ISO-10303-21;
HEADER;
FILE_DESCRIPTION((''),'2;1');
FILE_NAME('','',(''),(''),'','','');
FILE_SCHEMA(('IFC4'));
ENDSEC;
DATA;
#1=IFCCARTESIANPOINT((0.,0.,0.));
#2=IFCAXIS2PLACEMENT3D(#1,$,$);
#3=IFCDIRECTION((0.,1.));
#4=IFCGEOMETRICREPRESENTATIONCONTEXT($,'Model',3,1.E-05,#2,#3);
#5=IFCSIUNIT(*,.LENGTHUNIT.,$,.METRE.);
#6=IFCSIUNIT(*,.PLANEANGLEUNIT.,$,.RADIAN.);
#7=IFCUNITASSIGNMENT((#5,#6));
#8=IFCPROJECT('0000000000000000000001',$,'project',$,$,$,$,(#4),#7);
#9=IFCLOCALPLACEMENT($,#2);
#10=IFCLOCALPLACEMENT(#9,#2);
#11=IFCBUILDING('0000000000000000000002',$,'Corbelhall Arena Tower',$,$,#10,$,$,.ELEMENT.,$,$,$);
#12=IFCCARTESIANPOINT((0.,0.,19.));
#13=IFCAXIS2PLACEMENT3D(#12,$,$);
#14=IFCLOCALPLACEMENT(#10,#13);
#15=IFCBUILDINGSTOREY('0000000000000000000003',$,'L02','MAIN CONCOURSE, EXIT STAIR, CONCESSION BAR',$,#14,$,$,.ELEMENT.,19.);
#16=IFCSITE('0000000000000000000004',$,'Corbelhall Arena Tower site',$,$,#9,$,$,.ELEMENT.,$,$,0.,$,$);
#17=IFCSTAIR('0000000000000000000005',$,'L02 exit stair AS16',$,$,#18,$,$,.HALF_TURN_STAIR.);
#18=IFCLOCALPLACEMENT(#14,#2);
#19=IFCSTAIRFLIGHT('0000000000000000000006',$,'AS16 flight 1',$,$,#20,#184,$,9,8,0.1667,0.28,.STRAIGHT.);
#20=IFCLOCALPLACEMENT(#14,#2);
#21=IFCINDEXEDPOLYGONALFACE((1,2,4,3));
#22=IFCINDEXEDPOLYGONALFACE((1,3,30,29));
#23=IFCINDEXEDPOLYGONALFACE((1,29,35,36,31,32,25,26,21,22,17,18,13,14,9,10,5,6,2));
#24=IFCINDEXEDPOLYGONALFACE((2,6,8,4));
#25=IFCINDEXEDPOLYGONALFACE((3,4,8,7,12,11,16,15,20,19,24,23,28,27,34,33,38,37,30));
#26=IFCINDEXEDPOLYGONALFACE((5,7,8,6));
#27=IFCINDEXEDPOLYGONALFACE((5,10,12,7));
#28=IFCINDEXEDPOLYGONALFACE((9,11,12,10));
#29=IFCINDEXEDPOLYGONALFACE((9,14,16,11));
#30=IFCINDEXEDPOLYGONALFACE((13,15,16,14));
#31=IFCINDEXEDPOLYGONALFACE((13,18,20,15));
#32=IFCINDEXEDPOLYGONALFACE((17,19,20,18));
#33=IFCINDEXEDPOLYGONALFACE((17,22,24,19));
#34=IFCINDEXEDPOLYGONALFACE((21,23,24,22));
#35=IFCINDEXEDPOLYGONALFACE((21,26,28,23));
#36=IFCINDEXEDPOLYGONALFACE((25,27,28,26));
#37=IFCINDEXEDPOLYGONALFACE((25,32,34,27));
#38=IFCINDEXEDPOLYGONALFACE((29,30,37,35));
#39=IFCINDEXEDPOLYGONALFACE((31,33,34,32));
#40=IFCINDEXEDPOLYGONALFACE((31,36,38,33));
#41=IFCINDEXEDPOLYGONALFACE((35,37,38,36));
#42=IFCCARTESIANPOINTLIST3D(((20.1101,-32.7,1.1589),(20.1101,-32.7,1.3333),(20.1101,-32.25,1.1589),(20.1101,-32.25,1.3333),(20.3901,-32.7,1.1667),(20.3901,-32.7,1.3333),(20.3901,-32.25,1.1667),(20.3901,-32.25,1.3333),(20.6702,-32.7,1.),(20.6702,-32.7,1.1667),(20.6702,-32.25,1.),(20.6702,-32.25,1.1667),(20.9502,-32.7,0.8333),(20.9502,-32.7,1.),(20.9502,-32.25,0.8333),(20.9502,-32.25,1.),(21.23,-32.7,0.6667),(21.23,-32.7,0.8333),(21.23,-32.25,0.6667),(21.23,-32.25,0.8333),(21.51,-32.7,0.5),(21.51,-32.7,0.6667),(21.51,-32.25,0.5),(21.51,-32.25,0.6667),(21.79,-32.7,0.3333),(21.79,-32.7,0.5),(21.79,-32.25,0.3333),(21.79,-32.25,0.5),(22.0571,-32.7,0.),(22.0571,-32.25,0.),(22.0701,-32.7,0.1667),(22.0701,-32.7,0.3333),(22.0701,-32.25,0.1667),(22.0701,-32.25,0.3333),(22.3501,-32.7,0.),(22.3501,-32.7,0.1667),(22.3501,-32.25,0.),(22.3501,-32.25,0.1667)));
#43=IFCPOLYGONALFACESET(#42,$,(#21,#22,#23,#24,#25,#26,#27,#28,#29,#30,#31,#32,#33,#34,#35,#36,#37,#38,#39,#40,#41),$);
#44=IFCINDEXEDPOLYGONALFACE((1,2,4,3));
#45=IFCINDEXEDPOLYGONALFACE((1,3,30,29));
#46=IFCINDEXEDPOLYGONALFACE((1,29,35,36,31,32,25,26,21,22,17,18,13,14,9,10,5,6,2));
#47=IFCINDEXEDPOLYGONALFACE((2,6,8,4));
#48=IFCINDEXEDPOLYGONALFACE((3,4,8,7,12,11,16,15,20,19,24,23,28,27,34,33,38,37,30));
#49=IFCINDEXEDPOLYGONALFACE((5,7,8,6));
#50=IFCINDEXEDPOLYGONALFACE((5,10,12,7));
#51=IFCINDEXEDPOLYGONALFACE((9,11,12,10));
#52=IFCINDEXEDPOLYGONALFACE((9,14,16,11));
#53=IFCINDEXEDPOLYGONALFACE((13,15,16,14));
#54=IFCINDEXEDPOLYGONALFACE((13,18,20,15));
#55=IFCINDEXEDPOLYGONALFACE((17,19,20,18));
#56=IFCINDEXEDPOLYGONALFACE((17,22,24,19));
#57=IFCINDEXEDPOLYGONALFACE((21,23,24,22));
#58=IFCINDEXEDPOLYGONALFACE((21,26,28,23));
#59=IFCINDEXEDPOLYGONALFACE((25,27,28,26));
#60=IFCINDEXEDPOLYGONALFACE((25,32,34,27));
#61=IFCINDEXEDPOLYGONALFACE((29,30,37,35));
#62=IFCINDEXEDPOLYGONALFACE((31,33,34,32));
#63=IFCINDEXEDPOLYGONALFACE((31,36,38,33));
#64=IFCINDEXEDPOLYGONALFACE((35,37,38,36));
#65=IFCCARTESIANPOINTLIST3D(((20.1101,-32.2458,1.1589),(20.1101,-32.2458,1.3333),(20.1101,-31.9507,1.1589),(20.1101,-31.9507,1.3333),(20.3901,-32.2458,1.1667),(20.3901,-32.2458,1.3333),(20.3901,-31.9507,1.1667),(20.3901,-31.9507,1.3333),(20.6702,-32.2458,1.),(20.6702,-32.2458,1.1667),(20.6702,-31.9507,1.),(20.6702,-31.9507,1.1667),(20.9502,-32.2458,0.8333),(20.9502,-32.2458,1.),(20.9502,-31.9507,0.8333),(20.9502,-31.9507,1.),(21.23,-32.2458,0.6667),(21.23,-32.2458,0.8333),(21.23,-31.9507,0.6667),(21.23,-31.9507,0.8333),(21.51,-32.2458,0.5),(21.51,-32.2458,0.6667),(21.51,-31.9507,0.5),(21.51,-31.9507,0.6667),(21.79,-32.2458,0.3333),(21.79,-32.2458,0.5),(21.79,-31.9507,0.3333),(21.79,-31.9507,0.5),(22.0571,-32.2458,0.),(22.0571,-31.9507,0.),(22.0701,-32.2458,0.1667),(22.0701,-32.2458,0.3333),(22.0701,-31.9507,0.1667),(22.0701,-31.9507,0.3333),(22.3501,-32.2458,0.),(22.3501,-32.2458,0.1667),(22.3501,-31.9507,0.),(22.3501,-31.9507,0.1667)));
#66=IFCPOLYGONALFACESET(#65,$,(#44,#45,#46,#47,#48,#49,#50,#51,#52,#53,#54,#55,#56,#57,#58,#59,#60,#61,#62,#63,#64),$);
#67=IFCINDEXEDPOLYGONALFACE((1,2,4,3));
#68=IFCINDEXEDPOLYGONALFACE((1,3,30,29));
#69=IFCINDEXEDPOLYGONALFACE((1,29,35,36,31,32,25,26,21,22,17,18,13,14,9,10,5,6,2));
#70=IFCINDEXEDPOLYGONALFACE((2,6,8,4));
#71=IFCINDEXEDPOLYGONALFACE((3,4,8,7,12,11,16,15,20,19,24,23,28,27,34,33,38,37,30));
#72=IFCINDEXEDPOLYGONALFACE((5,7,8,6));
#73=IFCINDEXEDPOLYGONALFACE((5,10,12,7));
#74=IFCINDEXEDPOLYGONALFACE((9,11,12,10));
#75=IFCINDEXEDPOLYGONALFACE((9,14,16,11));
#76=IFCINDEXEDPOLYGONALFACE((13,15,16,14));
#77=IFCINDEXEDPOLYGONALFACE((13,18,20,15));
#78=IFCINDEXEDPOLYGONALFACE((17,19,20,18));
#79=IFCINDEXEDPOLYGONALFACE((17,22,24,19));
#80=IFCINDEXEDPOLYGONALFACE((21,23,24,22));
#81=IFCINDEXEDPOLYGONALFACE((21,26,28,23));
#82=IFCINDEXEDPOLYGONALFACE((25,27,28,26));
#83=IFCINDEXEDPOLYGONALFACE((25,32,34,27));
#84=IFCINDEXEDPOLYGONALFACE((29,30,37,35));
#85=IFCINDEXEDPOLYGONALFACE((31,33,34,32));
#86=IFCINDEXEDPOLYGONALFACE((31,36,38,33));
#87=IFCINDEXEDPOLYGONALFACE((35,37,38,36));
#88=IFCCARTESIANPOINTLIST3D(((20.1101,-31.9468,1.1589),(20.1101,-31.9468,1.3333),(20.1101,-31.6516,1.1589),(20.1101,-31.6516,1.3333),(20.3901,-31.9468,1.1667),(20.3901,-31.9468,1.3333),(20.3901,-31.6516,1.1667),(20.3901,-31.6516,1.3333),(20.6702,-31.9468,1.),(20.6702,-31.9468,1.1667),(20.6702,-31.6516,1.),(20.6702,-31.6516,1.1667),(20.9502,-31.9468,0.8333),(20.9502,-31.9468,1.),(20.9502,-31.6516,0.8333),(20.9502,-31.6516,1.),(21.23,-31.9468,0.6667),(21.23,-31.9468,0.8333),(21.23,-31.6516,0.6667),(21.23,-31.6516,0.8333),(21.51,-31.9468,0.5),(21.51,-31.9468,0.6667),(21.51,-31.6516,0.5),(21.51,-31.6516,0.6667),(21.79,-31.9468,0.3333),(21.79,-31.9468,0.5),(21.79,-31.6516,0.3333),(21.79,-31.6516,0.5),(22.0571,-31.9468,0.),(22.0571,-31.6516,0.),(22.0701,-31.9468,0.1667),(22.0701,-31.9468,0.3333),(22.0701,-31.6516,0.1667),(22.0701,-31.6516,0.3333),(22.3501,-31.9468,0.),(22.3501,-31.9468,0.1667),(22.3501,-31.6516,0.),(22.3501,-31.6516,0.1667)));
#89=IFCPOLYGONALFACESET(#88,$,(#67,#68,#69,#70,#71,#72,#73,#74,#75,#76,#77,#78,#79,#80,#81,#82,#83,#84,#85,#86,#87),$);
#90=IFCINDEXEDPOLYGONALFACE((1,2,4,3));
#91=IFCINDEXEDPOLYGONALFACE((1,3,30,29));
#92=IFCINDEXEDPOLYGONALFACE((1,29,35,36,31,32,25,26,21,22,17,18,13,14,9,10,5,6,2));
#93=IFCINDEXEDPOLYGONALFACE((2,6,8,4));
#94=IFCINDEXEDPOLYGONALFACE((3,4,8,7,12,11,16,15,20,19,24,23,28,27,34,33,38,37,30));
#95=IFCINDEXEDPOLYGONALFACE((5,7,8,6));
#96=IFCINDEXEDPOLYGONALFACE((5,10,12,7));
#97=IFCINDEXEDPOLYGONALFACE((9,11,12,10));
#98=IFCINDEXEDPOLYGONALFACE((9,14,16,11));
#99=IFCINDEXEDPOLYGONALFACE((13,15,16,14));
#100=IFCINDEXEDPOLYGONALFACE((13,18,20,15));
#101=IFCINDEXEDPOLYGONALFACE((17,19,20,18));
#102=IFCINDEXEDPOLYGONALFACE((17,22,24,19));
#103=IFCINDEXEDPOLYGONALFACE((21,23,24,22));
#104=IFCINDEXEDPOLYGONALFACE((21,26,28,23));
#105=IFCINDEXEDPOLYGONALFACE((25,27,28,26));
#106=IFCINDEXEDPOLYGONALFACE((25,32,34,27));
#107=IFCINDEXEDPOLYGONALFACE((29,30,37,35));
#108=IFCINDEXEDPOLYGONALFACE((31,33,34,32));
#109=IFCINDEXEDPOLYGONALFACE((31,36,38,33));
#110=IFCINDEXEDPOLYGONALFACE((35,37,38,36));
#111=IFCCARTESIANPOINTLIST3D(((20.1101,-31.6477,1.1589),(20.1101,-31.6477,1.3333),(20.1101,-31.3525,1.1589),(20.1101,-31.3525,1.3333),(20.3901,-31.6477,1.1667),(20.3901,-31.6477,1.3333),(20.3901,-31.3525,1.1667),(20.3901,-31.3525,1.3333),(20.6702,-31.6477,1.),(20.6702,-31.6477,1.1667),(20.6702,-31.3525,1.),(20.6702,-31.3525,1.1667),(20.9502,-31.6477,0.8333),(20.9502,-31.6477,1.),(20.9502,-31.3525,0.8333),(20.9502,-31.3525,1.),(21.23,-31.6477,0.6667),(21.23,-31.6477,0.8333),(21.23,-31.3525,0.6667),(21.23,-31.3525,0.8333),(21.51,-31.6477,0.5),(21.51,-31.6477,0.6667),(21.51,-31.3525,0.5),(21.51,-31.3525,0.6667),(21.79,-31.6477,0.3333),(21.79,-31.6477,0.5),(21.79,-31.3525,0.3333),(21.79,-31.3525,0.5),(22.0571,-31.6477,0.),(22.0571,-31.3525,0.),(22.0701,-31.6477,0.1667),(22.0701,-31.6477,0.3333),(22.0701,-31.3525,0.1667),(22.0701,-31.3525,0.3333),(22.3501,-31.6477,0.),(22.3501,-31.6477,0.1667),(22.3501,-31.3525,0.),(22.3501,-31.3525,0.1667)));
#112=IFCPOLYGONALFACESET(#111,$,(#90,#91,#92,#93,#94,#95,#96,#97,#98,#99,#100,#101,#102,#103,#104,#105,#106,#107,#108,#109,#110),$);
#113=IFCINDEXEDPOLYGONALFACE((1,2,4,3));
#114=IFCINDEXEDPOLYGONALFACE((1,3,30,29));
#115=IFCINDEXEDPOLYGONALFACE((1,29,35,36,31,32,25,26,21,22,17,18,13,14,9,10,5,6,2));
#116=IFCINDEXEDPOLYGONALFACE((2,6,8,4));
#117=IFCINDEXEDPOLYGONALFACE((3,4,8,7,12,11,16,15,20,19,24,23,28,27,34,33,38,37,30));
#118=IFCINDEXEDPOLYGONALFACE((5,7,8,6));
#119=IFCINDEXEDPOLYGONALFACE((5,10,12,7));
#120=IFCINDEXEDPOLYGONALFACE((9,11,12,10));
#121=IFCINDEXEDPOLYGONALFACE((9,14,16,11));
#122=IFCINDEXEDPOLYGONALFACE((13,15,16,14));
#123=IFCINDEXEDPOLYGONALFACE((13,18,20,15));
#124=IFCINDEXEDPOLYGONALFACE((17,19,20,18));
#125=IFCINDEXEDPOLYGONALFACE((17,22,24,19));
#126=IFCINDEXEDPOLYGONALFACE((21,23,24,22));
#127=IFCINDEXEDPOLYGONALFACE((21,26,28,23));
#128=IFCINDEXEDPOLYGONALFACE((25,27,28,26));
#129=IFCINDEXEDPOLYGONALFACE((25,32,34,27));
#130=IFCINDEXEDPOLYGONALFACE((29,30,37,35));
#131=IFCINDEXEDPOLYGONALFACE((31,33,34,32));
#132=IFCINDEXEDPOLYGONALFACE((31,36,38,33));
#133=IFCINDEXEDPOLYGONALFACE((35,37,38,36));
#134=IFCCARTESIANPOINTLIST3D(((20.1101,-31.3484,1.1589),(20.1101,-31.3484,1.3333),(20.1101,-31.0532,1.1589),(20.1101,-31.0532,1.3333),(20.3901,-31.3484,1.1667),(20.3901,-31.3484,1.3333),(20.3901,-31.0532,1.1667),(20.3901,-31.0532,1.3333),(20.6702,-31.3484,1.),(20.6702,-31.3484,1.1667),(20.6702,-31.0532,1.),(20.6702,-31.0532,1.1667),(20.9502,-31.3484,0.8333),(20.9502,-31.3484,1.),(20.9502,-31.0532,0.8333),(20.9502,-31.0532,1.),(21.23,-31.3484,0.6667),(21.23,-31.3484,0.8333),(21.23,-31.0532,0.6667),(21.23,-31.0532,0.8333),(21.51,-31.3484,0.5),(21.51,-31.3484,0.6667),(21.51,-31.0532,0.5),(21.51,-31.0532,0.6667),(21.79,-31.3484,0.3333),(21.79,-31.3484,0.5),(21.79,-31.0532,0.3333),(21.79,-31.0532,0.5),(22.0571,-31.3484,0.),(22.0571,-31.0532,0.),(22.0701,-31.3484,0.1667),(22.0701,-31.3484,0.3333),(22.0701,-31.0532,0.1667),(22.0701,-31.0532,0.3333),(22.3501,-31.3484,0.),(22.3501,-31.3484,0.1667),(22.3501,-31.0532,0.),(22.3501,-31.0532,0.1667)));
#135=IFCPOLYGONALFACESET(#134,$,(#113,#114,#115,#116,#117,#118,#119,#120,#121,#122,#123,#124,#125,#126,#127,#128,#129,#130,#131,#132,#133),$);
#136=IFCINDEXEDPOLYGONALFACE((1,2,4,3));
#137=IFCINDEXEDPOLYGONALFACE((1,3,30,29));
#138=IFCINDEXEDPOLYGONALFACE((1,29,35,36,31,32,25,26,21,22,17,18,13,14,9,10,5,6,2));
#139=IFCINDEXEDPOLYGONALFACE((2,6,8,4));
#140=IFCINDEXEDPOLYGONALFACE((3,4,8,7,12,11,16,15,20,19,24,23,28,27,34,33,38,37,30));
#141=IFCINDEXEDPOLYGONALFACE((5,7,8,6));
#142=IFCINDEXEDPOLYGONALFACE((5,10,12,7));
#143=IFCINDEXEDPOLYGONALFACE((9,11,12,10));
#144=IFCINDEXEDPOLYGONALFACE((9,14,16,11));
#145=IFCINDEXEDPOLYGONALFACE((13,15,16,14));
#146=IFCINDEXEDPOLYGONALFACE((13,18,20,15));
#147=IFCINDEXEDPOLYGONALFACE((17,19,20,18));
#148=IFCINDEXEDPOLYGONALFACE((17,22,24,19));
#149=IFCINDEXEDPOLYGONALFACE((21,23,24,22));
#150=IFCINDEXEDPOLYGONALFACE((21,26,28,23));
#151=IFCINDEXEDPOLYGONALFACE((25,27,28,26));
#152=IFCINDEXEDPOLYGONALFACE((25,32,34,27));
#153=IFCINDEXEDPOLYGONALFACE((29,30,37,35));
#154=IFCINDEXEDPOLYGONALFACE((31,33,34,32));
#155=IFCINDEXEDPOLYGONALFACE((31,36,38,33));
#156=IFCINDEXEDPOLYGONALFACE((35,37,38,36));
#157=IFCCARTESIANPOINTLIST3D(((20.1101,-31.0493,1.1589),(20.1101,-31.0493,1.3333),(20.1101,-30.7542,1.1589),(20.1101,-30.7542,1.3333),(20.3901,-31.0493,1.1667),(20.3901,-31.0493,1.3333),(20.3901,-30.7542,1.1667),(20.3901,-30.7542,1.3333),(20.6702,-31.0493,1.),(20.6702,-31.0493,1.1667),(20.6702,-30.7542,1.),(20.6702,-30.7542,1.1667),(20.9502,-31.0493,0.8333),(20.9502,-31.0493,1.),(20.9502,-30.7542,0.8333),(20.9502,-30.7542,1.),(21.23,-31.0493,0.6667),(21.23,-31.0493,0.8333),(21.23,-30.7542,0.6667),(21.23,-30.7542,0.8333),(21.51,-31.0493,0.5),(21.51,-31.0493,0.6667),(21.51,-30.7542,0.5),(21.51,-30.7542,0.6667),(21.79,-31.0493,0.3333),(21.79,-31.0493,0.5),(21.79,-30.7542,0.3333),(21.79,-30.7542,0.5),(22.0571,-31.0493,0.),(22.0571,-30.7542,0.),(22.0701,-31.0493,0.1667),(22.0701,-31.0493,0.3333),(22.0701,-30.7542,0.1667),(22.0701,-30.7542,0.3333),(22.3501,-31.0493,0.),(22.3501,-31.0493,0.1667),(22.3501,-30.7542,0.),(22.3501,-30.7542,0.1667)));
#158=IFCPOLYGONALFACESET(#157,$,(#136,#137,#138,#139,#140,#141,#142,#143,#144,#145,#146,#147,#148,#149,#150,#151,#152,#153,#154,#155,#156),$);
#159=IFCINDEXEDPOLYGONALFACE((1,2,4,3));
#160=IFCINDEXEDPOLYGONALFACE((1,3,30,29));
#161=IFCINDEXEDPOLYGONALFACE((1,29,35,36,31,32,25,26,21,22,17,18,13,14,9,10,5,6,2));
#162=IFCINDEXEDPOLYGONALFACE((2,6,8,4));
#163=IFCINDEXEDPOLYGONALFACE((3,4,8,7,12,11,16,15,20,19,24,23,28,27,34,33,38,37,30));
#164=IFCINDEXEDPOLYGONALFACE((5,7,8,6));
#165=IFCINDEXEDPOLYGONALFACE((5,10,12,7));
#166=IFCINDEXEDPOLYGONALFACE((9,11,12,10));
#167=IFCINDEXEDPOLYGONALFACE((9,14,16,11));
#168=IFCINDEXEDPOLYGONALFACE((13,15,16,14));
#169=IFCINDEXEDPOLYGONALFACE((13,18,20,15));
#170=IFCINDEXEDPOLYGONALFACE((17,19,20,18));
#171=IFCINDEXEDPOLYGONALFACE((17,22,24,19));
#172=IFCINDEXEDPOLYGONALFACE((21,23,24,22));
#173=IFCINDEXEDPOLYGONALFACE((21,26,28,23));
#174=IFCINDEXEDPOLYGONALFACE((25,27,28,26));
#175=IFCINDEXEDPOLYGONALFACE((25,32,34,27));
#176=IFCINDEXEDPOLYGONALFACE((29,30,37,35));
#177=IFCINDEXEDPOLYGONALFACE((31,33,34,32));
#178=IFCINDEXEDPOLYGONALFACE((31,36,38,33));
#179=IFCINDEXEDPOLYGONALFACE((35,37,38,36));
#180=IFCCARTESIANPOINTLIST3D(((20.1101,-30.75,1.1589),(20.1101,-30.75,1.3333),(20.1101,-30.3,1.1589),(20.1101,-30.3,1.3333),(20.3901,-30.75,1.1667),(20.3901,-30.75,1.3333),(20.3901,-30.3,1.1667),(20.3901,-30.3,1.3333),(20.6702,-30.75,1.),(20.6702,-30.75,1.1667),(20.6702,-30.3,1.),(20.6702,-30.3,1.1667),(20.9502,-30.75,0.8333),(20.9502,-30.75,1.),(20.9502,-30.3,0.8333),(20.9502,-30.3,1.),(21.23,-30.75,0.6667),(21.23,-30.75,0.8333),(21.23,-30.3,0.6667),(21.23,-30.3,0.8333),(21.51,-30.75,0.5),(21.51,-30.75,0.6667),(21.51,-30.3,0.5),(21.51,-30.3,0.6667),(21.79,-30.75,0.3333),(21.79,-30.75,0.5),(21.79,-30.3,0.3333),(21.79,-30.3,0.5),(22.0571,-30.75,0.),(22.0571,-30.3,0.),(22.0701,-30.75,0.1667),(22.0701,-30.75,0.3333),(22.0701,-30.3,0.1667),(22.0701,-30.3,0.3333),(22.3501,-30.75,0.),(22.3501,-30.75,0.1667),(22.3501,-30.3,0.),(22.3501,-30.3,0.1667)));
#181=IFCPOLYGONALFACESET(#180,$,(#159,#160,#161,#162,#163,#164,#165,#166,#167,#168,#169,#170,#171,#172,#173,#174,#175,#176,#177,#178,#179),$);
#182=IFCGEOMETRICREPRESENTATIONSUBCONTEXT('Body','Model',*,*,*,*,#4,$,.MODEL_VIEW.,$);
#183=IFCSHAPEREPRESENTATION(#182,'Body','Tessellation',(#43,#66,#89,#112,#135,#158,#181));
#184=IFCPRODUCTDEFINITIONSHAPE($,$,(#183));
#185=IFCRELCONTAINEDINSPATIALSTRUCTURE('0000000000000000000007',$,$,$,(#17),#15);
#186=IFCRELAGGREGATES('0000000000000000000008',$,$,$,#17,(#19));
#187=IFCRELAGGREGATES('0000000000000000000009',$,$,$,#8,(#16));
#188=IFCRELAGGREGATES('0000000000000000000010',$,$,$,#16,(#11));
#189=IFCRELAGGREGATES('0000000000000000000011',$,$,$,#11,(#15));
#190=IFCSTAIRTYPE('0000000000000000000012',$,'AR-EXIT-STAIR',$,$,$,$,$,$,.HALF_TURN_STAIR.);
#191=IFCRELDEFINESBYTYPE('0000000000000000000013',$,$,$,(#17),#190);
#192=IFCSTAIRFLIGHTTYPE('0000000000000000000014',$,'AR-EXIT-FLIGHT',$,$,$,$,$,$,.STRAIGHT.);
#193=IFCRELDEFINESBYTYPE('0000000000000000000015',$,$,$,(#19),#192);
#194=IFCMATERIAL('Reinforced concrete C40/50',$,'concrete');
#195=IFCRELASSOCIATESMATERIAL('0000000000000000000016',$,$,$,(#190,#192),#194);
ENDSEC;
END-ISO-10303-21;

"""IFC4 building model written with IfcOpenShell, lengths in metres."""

from ifc_helpers import new_model, si_unit, direction, frame, origin, place, context, subcontext, project, spatial, polyline, outline, extrude, material, type_object, element, aggregate, save


model = new_model("IFC4")

# Units and contexts
model_context = context("Model", 3, precision=1e-05, world=origin(), true_north=direction((0.0, 1.0)))
body_context = subcontext(model_context, "Body", "Model", "MODEL_VIEW")
ifc_project = project(units=[si_unit("LENGTHUNIT", "METRE"), si_unit("PLANEANGLEUNIT", "RADIAN")], contexts=[model_context])

# Site, building, storey
site_placement = place(None, origin())
site = spatial("IfcSite", under=ifc_project, at=site_placement, Name="Corbelhall Arena Tower site", CompositionType="ELEMENT", RefElevation=0.0)
building_placement = place(site_placement, origin())
building = spatial("IfcBuilding", under=site, at=building_placement, Name="Corbelhall Arena Tower", CompositionType="ELEMENT")
storey_placement = place(building_placement, frame((0.0, 0.0, 19.0)))
storey = spatial("IfcBuildingStorey", under=building, at=storey_placement, Name="L02", Description="MAIN CONCOURSE, EXIT STAIR, CONCESSION BAR", CompositionType="ELEMENT", Elevation=19.0)

# Shared definitions
ifc_material_1 = material(Name="Reinforced concrete C40/50", Category="concrete")

# Stair, stair flight
stair_type = type_object("IfcStairType", Name="AR-EXIT-STAIR", PredefinedType="HALF_TURN_STAIR", material=ifc_material_1)
stair_flight_type = type_object("IfcStairFlightType", Name="AR-EXIT-FLIGHT", PredefinedType="STRAIGHT", material=ifc_material_1)
stair_1_placement = place(storey_placement, origin())
stair_1 = element("IfcStair", 1, at=stair_1_placement, inside=storey, type_object=stair_type, Name="L02 exit stair AS16", PredefinedType="HALF_TURN_STAIR")
stair_flight_1_placement = place(storey_placement, frame((22.3501, -31.5, 0.0), z_axis=(0.0, 0.0, 1.0), x_axis=(-1.0, 0.0, 0.0)))
stair_flight_1 = element("IfcStairFlight", 2, at=stair_flight_1_placement, type_object=stair_flight_type, Name="AS16 flight 1", NumberOfRisers=9, NumberOfTreads=8, PredefinedType="STRAIGHT", RiserHeight=0.1667, TreadLength=0.28, context=body_context, shape_type="SweptSolid", body=[
    extrude(outline(polyline([(0.0, 0.0), (0.0, 0.1667), (0.28, 0.1667), (0.28, 0.3333), (0.5601, 0.3333), (0.5601, 0.5), (0.8401, 0.5), (0.8401, 0.6667), (1.1201, 0.6667), (1.1201, 0.8333), (1.3999, 0.8333), (1.3999, 1.0), (1.6799, 1.0), (1.6799, 1.1667), (1.96, 1.1667), (1.96, 1.3333), (2.24, 1.3333), (2.24, 1.5), (2.24, 1.1589), (0.293, 0.0), (0.0, 0.0)])), frame((0.0, 1.2, 0.0), z_axis=(0.0, -1.0, 0.0), x_axis=(1.0, 0.0, 0.0)), (0.0, 0.0, 1.0), 0.45),
    extrude(outline(polyline([(0.0, 0.0), (0.0, 0.1667), (0.28, 0.1667), (0.28, 0.3333), (0.5601, 0.3333), (0.5601, 0.5), (0.8401, 0.5), (0.8401, 0.6667), (1.1201, 0.6667), (1.1201, 0.8333), (1.3999, 0.8333), (1.3999, 1.0), (1.6799, 1.0), (1.6799, 1.1667), (1.96, 1.1667), (1.96, 1.3333), (2.24, 1.3333), (2.24, 1.5), (2.24, 1.1589), (0.293, 0.0), (0.0, 0.0)])), frame((0.0, 0.7458, 0.0), z_axis=(0.0, -1.0, 0.0), x_axis=(1.0, 0.0, 0.0)), (0.0, 0.0, 1.0), 0.2952),
    extrude(outline(polyline([(0.0, 0.0), (0.0, 0.1667), (0.28, 0.1667), (0.28, 0.3333), (0.5601, 0.3333), (0.5601, 0.5), (0.8401, 0.5), (0.8401, 0.6667), (1.1201, 0.6667), (1.1201, 0.8333), (1.3999, 0.8333), (1.3999, 1.0), (1.6799, 1.0), (1.6799, 1.1667), (1.96, 1.1667), (1.96, 1.3333), (2.24, 1.3333), (2.24, 1.5), (2.24, 1.1589), (0.293, 0.0), (0.0, 0.0)])), frame((0.0, 0.4468, 0.0), z_axis=(0.0, -1.0, 0.0), x_axis=(1.0, 0.0, 0.0)), (0.0, 0.0, 1.0), 0.2952),
    extrude(outline(polyline([(0.0, 0.0), (0.0, 0.1667), (0.28, 0.1667), (0.28, 0.3333), (0.5601, 0.3333), (0.5601, 0.5), (0.8401, 0.5), (0.8401, 0.6667), (1.1201, 0.6667), (1.1201, 0.8333), (1.3999, 0.8333), (1.3999, 1.0), (1.6799, 1.0), (1.6799, 1.1667), (1.96, 1.1667), (1.96, 1.3333), (2.24, 1.3333), (2.24, 1.5), (2.24, 1.1589), (0.293, 0.0), (0.0, 0.0)])), frame((0.0, 0.1477, 0.0), z_axis=(0.0, -1.0, 0.0), x_axis=(1.0, 0.0, 0.0)), (0.0, 0.0, 1.0), 0.2952),
    extrude(outline(polyline([(0.0, 0.0), (0.0, 0.1667), (0.28, 0.1667), (0.28, 0.3333), (0.5601, 0.3333), (0.5601, 0.5), (0.8401, 0.5), (0.8401, 0.6667), (1.1201, 0.6667), (1.1201, 0.8333), (1.3999, 0.8333), (1.3999, 1.0), (1.6799, 1.0), (1.6799, 1.1667), (1.96, 1.1667), (1.96, 1.3333), (2.24, 1.3333), (2.24, 1.5), (2.24, 1.1589), (0.293, 0.0), (0.0, 0.0)])), frame((0.0, -0.1516, 0.0), z_axis=(0.0, -1.0, 0.0), x_axis=(1.0, 0.0, 0.0)), (0.0, 0.0, 1.0), 0.2952),
    extrude(outline(polyline([(0.0, 0.0), (0.0, 0.1667), (0.28, 0.1667), (0.28, 0.3333), (0.5601, 0.3333), (0.5601, 0.5), (0.8401, 0.5), (0.8401, 0.6667), (1.1201, 0.6667), (1.1201, 0.8333), (1.3999, 0.8333), (1.3999, 1.0), (1.6799, 1.0), (1.6799, 1.1667), (1.96, 1.1667), (1.96, 1.3333), (2.24, 1.3333), (2.24, 1.5), (2.24, 1.1589), (0.293, 0.0), (0.0, 0.0)])), frame((0.0, -0.4507, 0.0), z_axis=(0.0, -1.0, 0.0), x_axis=(1.0, 0.0, 0.0)), (0.0, 0.0, 1.0), 0.2952),
    extrude(outline(polyline([(0.0, 0.0), (0.0, 0.1667), (0.28, 0.1667), (0.28, 0.3333), (0.5601, 0.3333), (0.5601, 0.5), (0.8401, 0.5), (0.8401, 0.6667), (1.1201, 0.6667), (1.1201, 0.8333), (1.3999, 0.8333), (1.3999, 1.0), (1.6799, 1.0), (1.6799, 1.1667), (1.96, 1.1667), (1.96, 1.3333), (2.24, 1.3333), (2.24, 1.5), (2.24, 1.1589), (0.293, 0.0), (0.0, 0.0)])), frame((0.0, -0.75, 0.0), z_axis=(0.0, -1.0, 0.0), x_axis=(1.0, 0.0, 0.0)), (0.0, 0.0, 1.0), 0.45),
])
aggregate(stair_1, [stair_flight_1])

save(model, "model.ifc")
